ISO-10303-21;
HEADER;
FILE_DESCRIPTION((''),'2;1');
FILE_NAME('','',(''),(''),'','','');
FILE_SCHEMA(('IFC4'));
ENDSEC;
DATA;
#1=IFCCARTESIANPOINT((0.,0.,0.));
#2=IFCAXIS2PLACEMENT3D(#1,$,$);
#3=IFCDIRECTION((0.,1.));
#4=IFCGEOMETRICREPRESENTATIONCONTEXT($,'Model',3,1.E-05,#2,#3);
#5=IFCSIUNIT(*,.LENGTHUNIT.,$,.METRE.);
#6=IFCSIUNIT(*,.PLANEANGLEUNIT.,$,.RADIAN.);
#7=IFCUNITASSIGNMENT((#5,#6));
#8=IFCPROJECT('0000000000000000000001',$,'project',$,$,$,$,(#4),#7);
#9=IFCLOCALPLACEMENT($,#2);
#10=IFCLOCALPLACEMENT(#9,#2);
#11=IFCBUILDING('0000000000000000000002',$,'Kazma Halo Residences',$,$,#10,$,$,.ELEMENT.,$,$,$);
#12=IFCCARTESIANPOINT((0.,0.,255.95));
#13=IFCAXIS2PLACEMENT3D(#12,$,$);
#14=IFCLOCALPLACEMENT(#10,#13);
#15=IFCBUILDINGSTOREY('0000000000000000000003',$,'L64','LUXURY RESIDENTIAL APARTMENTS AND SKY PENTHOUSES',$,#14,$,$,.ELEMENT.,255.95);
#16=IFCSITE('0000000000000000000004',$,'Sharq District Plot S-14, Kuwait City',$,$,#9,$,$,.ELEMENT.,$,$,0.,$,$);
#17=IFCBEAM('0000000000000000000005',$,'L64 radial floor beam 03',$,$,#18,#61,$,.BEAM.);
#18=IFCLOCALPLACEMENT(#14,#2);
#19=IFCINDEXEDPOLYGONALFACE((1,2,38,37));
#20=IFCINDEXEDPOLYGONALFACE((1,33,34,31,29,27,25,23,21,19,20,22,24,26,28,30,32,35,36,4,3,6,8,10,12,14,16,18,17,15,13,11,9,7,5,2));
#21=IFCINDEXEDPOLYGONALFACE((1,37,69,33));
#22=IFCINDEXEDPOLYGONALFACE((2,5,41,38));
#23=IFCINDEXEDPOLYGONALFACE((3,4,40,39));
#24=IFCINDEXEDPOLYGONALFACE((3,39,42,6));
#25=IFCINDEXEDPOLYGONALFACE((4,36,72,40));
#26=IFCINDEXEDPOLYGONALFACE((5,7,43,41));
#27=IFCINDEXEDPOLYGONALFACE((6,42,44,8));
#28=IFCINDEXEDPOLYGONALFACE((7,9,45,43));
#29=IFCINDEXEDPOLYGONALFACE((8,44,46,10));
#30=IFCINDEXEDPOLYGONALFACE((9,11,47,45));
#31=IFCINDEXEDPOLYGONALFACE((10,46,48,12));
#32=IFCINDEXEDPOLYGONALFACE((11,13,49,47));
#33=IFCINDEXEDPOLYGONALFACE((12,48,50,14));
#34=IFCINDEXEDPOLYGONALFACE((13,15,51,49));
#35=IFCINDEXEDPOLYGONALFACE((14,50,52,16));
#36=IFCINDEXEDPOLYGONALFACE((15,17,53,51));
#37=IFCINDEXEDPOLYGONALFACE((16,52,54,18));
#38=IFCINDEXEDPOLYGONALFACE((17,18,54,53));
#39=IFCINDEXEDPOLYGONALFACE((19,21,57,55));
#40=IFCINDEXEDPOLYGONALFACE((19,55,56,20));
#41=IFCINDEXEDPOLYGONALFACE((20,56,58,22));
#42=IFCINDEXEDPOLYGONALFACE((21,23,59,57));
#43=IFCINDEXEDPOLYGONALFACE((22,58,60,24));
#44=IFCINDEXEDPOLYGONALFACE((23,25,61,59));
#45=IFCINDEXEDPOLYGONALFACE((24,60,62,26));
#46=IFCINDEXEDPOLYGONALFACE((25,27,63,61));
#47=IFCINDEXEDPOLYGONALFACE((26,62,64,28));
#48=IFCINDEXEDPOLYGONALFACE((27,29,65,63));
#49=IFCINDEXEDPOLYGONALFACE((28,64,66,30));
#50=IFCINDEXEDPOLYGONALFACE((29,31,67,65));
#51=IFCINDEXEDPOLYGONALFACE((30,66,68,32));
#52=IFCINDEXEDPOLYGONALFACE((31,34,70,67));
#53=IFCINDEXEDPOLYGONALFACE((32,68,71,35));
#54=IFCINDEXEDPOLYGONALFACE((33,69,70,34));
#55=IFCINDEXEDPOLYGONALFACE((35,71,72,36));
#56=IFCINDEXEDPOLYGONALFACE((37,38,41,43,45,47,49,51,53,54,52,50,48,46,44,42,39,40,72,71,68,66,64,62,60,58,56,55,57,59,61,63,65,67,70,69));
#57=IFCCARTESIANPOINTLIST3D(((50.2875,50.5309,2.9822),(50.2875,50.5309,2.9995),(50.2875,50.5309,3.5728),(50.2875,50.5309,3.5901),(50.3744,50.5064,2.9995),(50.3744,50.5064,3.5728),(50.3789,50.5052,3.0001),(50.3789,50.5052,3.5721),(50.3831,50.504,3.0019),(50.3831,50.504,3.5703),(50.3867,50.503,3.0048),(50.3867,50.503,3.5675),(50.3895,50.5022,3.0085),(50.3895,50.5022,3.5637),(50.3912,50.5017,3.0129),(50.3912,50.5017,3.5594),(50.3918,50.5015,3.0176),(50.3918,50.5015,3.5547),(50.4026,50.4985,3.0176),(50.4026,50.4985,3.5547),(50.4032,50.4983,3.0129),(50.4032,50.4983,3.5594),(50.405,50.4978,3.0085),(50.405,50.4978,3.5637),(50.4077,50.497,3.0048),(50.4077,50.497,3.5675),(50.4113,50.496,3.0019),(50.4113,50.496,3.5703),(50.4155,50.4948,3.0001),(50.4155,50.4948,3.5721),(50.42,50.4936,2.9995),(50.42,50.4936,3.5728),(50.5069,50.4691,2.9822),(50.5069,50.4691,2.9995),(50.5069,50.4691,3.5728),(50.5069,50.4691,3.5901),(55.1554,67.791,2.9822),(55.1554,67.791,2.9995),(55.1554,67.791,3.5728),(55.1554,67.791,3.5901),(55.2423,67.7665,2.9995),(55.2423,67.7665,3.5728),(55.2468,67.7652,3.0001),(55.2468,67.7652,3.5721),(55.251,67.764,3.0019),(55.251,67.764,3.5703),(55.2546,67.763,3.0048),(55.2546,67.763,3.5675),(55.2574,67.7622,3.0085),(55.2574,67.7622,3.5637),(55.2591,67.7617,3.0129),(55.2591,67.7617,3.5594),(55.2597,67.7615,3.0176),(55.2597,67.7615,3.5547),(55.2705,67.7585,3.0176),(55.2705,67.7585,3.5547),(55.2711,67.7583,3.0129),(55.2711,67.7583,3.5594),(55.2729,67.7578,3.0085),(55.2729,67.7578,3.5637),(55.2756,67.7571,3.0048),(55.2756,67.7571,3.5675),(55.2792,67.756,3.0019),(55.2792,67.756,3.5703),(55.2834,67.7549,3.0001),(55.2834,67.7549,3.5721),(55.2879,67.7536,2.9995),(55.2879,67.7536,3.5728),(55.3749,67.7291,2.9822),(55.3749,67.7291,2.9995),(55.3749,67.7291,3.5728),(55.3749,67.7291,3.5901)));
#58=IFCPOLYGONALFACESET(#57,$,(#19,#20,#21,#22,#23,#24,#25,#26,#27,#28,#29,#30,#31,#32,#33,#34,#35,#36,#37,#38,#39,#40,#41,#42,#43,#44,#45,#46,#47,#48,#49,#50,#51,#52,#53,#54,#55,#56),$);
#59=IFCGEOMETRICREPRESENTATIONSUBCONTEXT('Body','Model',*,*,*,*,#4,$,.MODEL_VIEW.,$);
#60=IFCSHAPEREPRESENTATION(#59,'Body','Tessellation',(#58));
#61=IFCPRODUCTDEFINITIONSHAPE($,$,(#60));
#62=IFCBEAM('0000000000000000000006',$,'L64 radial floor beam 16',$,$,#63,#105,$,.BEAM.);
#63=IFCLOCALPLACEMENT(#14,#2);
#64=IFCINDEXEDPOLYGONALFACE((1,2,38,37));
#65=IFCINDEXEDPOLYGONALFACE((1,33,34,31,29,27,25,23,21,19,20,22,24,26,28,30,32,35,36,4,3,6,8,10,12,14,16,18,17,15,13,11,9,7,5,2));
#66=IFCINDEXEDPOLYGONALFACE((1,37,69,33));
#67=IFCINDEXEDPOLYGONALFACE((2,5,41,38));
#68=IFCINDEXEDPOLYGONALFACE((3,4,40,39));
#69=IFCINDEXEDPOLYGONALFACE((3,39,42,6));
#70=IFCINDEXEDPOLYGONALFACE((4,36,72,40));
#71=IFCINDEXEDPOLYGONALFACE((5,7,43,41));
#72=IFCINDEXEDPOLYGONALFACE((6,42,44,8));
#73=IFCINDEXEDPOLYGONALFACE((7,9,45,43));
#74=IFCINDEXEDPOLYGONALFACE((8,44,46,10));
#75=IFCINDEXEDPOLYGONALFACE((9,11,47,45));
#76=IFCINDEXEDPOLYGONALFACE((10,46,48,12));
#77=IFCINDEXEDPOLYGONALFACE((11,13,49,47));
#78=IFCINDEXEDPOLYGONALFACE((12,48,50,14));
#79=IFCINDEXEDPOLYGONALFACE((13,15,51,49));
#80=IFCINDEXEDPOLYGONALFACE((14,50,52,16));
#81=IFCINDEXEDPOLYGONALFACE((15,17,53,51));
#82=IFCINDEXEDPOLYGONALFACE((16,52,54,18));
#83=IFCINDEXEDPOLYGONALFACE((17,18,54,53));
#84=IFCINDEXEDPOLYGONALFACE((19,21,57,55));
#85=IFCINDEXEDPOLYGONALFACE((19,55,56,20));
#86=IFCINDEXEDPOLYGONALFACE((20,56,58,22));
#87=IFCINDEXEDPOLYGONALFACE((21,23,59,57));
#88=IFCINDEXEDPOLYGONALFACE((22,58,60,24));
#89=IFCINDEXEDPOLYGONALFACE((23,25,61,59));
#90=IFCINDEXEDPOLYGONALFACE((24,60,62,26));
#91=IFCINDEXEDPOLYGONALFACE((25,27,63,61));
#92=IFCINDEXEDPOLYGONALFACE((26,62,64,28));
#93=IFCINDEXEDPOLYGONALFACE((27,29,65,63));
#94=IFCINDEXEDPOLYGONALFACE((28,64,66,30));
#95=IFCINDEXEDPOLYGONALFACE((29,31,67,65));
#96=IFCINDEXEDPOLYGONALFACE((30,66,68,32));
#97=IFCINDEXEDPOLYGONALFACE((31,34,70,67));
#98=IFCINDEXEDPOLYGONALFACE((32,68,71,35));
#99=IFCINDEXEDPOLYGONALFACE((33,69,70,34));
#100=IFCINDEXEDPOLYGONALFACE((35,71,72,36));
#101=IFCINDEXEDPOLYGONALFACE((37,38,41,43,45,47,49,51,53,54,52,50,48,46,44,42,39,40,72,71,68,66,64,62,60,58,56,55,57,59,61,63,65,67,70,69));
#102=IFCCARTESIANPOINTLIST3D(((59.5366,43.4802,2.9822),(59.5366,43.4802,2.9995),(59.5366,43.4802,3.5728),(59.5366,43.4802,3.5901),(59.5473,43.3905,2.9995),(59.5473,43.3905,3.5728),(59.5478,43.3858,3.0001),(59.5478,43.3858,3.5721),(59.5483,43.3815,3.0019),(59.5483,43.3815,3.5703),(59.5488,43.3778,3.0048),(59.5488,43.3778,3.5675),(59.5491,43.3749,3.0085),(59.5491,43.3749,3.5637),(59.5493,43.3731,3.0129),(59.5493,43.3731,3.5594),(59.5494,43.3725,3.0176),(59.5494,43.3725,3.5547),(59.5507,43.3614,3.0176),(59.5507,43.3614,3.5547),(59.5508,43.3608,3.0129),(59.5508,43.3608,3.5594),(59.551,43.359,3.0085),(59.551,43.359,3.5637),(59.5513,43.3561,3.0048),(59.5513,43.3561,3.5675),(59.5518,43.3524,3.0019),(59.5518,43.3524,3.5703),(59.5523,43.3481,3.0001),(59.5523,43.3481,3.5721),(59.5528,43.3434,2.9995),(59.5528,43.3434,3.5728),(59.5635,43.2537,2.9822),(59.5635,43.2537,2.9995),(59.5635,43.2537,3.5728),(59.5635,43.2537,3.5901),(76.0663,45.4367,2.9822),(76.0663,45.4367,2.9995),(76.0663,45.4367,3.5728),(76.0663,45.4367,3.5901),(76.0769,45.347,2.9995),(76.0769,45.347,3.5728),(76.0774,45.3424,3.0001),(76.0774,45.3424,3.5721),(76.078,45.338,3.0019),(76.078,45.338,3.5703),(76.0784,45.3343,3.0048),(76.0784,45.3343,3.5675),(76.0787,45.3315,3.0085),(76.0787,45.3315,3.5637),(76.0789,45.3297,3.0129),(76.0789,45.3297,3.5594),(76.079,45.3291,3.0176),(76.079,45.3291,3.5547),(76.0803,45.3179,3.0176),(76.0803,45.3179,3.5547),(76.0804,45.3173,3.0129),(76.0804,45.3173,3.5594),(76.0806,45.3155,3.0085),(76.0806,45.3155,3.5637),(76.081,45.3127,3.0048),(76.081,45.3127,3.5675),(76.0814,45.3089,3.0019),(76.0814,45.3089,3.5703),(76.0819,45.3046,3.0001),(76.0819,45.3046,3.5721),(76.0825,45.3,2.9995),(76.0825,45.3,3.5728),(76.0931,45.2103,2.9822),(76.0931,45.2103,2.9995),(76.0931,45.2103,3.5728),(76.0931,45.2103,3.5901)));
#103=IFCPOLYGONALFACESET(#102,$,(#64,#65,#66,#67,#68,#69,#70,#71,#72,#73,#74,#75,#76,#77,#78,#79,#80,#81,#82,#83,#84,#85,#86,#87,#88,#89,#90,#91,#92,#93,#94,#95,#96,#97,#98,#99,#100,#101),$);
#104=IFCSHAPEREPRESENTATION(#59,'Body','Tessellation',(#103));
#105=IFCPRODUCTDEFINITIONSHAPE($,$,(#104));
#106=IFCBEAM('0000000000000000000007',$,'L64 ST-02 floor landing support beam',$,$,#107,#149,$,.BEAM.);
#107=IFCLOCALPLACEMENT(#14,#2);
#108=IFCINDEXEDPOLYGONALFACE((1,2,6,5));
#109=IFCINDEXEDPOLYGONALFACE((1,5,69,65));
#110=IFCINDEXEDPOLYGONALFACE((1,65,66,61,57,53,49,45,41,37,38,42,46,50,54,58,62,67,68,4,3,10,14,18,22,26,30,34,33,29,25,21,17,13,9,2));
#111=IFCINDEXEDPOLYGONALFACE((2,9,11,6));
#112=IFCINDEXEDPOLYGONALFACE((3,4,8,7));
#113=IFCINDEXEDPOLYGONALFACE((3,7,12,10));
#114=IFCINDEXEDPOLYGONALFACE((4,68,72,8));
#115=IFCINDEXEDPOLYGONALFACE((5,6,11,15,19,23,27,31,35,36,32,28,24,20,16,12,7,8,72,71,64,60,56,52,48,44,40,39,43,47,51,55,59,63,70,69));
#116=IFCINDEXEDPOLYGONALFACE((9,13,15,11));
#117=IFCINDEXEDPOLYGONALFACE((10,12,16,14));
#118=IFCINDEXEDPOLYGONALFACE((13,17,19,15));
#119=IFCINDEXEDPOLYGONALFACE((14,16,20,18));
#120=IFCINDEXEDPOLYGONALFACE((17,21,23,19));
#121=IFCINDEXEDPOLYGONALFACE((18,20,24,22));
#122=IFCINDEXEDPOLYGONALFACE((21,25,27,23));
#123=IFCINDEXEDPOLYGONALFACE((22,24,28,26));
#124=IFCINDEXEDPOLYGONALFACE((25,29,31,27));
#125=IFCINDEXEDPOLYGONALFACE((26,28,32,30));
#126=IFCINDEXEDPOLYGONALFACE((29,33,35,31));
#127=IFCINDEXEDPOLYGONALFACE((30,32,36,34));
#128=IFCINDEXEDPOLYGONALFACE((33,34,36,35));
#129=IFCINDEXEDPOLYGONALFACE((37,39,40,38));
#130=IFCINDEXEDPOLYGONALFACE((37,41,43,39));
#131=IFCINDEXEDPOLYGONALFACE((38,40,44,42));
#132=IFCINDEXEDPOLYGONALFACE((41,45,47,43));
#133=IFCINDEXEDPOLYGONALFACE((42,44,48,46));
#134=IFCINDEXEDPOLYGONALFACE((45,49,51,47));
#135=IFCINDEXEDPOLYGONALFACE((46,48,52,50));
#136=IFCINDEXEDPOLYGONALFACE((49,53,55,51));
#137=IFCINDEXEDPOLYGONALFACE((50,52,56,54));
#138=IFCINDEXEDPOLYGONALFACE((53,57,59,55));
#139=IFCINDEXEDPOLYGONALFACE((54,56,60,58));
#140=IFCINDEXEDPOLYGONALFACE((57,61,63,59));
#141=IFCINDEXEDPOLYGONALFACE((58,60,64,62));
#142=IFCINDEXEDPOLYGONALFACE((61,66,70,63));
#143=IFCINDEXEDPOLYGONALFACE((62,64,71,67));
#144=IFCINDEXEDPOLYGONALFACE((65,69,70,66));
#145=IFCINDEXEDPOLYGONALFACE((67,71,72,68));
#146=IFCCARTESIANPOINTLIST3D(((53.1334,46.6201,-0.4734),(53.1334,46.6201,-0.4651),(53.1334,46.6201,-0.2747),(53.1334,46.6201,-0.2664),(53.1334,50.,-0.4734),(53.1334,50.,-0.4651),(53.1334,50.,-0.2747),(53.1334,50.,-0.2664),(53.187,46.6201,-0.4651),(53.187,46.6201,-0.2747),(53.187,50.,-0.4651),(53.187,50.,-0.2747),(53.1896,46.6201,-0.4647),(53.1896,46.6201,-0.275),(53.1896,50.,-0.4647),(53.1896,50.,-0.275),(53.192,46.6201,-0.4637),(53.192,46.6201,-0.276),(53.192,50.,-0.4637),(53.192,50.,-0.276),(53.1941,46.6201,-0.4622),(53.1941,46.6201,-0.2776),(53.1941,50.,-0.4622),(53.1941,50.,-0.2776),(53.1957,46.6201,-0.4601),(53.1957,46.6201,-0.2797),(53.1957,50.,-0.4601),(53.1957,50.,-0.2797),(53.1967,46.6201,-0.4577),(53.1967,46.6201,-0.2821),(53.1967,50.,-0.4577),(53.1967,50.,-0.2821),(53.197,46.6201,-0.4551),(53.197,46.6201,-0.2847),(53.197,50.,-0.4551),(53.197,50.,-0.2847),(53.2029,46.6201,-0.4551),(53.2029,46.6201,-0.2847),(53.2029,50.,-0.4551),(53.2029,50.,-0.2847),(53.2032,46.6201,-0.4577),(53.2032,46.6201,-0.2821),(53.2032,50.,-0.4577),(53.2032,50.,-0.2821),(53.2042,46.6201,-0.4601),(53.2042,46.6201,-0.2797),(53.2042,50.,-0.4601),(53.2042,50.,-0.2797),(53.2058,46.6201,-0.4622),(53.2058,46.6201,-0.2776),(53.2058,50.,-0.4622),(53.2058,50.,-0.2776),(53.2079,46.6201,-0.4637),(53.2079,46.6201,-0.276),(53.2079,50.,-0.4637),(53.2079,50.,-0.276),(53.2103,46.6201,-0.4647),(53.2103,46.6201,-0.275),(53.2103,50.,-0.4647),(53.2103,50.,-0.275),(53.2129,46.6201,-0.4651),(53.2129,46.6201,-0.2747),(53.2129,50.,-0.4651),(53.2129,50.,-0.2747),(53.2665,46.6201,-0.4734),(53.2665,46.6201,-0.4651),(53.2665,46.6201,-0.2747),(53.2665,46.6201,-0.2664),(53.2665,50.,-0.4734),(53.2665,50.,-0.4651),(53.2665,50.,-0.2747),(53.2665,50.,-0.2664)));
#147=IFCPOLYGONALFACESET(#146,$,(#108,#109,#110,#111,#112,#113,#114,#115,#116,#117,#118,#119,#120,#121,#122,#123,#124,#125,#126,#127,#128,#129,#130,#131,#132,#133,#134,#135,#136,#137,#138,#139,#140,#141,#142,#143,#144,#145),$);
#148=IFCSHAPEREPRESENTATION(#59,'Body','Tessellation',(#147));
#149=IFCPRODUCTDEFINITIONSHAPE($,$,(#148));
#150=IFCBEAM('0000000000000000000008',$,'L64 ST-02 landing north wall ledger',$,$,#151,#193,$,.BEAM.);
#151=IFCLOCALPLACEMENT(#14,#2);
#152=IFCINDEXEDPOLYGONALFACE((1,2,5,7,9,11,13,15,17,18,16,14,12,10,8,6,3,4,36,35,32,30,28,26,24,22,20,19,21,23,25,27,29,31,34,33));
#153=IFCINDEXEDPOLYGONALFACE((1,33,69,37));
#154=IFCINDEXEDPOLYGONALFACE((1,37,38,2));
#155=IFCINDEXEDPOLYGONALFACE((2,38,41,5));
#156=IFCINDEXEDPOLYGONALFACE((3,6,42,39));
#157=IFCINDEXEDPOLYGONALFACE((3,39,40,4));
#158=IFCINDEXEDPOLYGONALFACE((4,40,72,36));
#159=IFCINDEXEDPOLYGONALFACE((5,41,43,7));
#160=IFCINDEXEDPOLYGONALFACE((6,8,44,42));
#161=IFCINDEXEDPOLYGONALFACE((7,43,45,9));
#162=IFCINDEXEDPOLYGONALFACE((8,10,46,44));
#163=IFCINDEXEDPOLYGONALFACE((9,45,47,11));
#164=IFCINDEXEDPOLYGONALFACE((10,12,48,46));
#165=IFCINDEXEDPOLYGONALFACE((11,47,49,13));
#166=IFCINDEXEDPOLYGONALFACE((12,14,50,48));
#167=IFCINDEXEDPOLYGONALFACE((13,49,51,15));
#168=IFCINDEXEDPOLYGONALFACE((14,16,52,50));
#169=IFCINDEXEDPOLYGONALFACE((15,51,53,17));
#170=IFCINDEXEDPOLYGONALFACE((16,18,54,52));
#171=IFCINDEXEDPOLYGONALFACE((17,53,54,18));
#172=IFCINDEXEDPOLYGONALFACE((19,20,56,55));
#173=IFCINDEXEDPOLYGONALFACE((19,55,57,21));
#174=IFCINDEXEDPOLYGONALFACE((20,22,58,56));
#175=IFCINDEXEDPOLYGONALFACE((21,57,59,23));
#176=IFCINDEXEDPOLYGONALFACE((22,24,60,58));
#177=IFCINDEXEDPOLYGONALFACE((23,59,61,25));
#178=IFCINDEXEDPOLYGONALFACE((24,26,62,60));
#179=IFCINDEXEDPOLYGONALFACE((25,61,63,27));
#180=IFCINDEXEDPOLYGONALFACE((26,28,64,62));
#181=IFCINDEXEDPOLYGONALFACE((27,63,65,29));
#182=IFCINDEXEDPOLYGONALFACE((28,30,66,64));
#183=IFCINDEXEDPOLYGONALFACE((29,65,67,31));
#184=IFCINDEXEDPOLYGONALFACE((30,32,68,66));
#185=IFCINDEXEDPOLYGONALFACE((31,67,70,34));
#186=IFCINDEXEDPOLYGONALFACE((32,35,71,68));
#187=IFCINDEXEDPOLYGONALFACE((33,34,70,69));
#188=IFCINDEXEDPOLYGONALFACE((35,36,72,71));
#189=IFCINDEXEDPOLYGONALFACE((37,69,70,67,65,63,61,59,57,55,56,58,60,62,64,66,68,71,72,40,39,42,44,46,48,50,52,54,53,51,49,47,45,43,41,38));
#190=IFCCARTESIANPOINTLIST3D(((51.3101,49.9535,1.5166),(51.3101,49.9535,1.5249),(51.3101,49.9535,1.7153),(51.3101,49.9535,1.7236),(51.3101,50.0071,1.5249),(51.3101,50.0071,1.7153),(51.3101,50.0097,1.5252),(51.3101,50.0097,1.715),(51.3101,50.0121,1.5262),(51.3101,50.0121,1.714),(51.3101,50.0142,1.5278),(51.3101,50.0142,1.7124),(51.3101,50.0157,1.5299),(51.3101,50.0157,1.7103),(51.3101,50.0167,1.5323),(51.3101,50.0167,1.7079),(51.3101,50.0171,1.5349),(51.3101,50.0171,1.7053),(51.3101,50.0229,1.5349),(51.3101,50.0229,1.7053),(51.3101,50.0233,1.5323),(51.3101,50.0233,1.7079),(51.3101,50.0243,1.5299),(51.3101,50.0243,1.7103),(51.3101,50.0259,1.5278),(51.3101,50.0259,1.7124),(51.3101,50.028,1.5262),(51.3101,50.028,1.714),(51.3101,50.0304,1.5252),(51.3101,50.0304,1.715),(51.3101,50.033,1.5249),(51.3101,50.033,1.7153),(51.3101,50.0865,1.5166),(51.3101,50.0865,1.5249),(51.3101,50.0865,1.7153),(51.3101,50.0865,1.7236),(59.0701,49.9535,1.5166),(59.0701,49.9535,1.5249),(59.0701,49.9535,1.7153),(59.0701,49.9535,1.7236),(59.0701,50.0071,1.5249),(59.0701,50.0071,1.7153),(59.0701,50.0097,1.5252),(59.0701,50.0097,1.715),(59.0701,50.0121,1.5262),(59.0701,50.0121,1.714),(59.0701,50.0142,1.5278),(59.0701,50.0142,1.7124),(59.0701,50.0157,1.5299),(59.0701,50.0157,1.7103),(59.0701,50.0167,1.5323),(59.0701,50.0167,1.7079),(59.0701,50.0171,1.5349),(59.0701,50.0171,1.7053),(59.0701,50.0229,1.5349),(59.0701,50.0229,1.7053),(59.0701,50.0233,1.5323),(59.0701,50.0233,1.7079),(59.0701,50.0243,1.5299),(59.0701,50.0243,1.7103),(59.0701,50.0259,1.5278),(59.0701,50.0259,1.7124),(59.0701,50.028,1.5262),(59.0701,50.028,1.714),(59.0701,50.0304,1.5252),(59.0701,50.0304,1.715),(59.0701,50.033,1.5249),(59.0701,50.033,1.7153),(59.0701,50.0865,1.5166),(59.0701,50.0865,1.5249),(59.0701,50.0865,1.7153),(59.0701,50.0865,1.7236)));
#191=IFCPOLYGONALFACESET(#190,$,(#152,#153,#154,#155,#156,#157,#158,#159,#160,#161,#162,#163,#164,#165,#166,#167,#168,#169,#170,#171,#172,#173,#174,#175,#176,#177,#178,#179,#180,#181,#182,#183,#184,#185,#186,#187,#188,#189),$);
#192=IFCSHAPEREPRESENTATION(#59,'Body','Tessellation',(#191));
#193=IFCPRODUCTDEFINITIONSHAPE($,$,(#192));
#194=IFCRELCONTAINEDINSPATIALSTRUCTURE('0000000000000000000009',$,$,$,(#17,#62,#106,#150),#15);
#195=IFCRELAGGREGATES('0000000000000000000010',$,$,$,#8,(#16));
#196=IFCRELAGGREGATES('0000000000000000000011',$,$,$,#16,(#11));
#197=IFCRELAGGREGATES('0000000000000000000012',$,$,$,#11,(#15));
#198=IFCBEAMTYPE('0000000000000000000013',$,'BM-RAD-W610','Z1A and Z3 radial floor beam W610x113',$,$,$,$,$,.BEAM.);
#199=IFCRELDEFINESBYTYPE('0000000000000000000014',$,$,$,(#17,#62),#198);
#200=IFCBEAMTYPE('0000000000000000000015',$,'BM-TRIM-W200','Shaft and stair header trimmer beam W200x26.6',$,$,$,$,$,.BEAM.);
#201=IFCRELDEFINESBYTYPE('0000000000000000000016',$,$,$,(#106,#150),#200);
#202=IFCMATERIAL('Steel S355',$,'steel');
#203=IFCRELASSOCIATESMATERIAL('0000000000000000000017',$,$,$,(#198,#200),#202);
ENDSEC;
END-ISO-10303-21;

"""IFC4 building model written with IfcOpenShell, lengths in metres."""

from ifc_helpers import new_model, si_unit, direction, frame, origin, origin_2d, place, context, subcontext, project, spatial, i_section, extrude, material, material_profile, profile_set, type_object, element, save


model = new_model("IFC4")

# Units and contexts
model_context = context("Model", 3, precision=1e-05, world=origin(), true_north=direction((0.0, 1.0)))
body_context = subcontext(model_context, "Body", "Model", "MODEL_VIEW")
ifc_project = project(units=[si_unit("LENGTHUNIT", "METRE"), si_unit("PLANEANGLEUNIT", "RADIAN")], contexts=[model_context])

# Site, building, storey
site_placement = place(None, origin())
site = spatial("IfcSite", under=ifc_project, at=site_placement, Name="Sharq District Plot S-14, Kuwait City", CompositionType="ELEMENT", RefElevation=0.0)
building_placement = place(site_placement, origin())
building = spatial("IfcBuilding", under=site, at=building_placement, Name="Kazma Halo Residences", CompositionType="ELEMENT")
storey_placement = place(building_placement, frame((0.0, 0.0, 255.95)))
storey = spatial("IfcBuildingStorey", under=building, at=storey_placement, Name="L64", Description="LUXURY RESIDENTIAL APARTMENTS AND SKY PENTHOUSES", CompositionType="ELEMENT", Elevation=255.95)

# Shared definitions
ifc_material_1 = material(Name="Steel S355", Category="steel")

# Beams
ifc_material_profile_1 = material_profile(ifc_material_1, i_section(OverallWidth=0.228, OverallDepth=0.6079, WebThickness=0.0112, FlangeThickness=0.0173, FilletRadius=0.0181, at=origin_2d()), Name="W610x113")
ifc_profile_set_1 = profile_set([ifc_material_profile_1], Name="Steel S355")
beam_type_1 = type_object("IfcBeamType", Name="BM-RAD-W610", Description="Z1A and Z3 radial floor beam W610x113", PredefinedType="BEAM", material=ifc_profile_set_1)
beam_1_placement = place(storey_placement, frame((50.3972, 50.5, 3.2861), z_axis=(0.271445, 0.962454, 0.0), x_axis=(-0.962454, 0.271445, 0.0)))
element("IfcBeam", 1, at=beam_1_placement, inside=storey, type_object=beam_type_1, Name="L64 radial floor beam 03", PredefinedType="BEAM", context=body_context, shape_type="SweptSolid", body=[
    extrude(i_section(OverallWidth=0.228, OverallDepth=0.6079, WebThickness=0.0112, FlangeThickness=0.0173, FilletRadius=0.0181, at=origin_2d()), origin(), (0.0, 0.0, 1.0), 17.9333),
])
beam_2_placement = place(storey_placement, frame((59.55, 43.3669, 3.2861), z_axis=(0.993067, 0.117546, 0.0), x_axis=(-0.117546, 0.993067, 0.0)))
element("IfcBeam", 2, at=beam_2_placement, inside=storey, type_object=beam_type_1, Name="L64 radial floor beam 16", PredefinedType="BEAM", context=body_context, shape_type="SweptSolid", body=[
    extrude(i_section(OverallWidth=0.228, OverallDepth=0.6079, WebThickness=0.0112, FlangeThickness=0.0173, FilletRadius=0.0181, at=origin_2d()), origin(), (0.0, 0.0, 1.0), 16.645),
])
ifc_material_profile_2 = material_profile(ifc_material_1, i_section(OverallWidth=0.1331, OverallDepth=0.207, WebThickness=0.0059, FlangeThickness=0.0083, FilletRadius=0.01, at=origin_2d()), Name="W200x26.6")
ifc_profile_set_2 = profile_set([ifc_material_profile_2], Name="Steel S355")
beam_type_2 = type_object("IfcBeamType", Name="BM-TRIM-W200", Description="Shaft and stair header trimmer beam W200x26.6", PredefinedType="BEAM", material=ifc_profile_set_2)
beam_3_placement = place(storey_placement, frame((53.2, 46.6201, -0.3699), z_axis=(0.0, 1.0, 0.0), x_axis=(-1.0, 0.0, 0.0)))
element("IfcBeam", 3, at=beam_3_placement, inside=storey, type_object=beam_type_2, Name="L64 ST-02 floor landing support beam", PredefinedType="BEAM", context=body_context, shape_type="SweptSolid", body=[
    extrude(i_section(OverallWidth=0.1331, OverallDepth=0.207, WebThickness=0.0059, FlangeThickness=0.0083, FilletRadius=0.01, at=origin_2d()), origin(), (0.0, 0.0, 1.0), 3.3799),
])
beam_4_placement = place(storey_placement, frame((51.3101, 50.02, 1.6201), z_axis=(1.0, 0.0, 0.0), x_axis=(0.0, 1.0, 0.0)))
element("IfcBeam", 4, at=beam_4_placement, inside=storey, type_object=beam_type_2, Name="L64 ST-02 landing north wall ledger", PredefinedType="BEAM", context=body_context, shape_type="SweptSolid", body=[
    extrude(i_section(OverallWidth=0.1331, OverallDepth=0.207, WebThickness=0.0059, FlangeThickness=0.0083, FilletRadius=0.01, at=origin_2d()), origin(), (0.0, 0.0, 1.0), 7.76),
])

save(model, "model.ifc")
